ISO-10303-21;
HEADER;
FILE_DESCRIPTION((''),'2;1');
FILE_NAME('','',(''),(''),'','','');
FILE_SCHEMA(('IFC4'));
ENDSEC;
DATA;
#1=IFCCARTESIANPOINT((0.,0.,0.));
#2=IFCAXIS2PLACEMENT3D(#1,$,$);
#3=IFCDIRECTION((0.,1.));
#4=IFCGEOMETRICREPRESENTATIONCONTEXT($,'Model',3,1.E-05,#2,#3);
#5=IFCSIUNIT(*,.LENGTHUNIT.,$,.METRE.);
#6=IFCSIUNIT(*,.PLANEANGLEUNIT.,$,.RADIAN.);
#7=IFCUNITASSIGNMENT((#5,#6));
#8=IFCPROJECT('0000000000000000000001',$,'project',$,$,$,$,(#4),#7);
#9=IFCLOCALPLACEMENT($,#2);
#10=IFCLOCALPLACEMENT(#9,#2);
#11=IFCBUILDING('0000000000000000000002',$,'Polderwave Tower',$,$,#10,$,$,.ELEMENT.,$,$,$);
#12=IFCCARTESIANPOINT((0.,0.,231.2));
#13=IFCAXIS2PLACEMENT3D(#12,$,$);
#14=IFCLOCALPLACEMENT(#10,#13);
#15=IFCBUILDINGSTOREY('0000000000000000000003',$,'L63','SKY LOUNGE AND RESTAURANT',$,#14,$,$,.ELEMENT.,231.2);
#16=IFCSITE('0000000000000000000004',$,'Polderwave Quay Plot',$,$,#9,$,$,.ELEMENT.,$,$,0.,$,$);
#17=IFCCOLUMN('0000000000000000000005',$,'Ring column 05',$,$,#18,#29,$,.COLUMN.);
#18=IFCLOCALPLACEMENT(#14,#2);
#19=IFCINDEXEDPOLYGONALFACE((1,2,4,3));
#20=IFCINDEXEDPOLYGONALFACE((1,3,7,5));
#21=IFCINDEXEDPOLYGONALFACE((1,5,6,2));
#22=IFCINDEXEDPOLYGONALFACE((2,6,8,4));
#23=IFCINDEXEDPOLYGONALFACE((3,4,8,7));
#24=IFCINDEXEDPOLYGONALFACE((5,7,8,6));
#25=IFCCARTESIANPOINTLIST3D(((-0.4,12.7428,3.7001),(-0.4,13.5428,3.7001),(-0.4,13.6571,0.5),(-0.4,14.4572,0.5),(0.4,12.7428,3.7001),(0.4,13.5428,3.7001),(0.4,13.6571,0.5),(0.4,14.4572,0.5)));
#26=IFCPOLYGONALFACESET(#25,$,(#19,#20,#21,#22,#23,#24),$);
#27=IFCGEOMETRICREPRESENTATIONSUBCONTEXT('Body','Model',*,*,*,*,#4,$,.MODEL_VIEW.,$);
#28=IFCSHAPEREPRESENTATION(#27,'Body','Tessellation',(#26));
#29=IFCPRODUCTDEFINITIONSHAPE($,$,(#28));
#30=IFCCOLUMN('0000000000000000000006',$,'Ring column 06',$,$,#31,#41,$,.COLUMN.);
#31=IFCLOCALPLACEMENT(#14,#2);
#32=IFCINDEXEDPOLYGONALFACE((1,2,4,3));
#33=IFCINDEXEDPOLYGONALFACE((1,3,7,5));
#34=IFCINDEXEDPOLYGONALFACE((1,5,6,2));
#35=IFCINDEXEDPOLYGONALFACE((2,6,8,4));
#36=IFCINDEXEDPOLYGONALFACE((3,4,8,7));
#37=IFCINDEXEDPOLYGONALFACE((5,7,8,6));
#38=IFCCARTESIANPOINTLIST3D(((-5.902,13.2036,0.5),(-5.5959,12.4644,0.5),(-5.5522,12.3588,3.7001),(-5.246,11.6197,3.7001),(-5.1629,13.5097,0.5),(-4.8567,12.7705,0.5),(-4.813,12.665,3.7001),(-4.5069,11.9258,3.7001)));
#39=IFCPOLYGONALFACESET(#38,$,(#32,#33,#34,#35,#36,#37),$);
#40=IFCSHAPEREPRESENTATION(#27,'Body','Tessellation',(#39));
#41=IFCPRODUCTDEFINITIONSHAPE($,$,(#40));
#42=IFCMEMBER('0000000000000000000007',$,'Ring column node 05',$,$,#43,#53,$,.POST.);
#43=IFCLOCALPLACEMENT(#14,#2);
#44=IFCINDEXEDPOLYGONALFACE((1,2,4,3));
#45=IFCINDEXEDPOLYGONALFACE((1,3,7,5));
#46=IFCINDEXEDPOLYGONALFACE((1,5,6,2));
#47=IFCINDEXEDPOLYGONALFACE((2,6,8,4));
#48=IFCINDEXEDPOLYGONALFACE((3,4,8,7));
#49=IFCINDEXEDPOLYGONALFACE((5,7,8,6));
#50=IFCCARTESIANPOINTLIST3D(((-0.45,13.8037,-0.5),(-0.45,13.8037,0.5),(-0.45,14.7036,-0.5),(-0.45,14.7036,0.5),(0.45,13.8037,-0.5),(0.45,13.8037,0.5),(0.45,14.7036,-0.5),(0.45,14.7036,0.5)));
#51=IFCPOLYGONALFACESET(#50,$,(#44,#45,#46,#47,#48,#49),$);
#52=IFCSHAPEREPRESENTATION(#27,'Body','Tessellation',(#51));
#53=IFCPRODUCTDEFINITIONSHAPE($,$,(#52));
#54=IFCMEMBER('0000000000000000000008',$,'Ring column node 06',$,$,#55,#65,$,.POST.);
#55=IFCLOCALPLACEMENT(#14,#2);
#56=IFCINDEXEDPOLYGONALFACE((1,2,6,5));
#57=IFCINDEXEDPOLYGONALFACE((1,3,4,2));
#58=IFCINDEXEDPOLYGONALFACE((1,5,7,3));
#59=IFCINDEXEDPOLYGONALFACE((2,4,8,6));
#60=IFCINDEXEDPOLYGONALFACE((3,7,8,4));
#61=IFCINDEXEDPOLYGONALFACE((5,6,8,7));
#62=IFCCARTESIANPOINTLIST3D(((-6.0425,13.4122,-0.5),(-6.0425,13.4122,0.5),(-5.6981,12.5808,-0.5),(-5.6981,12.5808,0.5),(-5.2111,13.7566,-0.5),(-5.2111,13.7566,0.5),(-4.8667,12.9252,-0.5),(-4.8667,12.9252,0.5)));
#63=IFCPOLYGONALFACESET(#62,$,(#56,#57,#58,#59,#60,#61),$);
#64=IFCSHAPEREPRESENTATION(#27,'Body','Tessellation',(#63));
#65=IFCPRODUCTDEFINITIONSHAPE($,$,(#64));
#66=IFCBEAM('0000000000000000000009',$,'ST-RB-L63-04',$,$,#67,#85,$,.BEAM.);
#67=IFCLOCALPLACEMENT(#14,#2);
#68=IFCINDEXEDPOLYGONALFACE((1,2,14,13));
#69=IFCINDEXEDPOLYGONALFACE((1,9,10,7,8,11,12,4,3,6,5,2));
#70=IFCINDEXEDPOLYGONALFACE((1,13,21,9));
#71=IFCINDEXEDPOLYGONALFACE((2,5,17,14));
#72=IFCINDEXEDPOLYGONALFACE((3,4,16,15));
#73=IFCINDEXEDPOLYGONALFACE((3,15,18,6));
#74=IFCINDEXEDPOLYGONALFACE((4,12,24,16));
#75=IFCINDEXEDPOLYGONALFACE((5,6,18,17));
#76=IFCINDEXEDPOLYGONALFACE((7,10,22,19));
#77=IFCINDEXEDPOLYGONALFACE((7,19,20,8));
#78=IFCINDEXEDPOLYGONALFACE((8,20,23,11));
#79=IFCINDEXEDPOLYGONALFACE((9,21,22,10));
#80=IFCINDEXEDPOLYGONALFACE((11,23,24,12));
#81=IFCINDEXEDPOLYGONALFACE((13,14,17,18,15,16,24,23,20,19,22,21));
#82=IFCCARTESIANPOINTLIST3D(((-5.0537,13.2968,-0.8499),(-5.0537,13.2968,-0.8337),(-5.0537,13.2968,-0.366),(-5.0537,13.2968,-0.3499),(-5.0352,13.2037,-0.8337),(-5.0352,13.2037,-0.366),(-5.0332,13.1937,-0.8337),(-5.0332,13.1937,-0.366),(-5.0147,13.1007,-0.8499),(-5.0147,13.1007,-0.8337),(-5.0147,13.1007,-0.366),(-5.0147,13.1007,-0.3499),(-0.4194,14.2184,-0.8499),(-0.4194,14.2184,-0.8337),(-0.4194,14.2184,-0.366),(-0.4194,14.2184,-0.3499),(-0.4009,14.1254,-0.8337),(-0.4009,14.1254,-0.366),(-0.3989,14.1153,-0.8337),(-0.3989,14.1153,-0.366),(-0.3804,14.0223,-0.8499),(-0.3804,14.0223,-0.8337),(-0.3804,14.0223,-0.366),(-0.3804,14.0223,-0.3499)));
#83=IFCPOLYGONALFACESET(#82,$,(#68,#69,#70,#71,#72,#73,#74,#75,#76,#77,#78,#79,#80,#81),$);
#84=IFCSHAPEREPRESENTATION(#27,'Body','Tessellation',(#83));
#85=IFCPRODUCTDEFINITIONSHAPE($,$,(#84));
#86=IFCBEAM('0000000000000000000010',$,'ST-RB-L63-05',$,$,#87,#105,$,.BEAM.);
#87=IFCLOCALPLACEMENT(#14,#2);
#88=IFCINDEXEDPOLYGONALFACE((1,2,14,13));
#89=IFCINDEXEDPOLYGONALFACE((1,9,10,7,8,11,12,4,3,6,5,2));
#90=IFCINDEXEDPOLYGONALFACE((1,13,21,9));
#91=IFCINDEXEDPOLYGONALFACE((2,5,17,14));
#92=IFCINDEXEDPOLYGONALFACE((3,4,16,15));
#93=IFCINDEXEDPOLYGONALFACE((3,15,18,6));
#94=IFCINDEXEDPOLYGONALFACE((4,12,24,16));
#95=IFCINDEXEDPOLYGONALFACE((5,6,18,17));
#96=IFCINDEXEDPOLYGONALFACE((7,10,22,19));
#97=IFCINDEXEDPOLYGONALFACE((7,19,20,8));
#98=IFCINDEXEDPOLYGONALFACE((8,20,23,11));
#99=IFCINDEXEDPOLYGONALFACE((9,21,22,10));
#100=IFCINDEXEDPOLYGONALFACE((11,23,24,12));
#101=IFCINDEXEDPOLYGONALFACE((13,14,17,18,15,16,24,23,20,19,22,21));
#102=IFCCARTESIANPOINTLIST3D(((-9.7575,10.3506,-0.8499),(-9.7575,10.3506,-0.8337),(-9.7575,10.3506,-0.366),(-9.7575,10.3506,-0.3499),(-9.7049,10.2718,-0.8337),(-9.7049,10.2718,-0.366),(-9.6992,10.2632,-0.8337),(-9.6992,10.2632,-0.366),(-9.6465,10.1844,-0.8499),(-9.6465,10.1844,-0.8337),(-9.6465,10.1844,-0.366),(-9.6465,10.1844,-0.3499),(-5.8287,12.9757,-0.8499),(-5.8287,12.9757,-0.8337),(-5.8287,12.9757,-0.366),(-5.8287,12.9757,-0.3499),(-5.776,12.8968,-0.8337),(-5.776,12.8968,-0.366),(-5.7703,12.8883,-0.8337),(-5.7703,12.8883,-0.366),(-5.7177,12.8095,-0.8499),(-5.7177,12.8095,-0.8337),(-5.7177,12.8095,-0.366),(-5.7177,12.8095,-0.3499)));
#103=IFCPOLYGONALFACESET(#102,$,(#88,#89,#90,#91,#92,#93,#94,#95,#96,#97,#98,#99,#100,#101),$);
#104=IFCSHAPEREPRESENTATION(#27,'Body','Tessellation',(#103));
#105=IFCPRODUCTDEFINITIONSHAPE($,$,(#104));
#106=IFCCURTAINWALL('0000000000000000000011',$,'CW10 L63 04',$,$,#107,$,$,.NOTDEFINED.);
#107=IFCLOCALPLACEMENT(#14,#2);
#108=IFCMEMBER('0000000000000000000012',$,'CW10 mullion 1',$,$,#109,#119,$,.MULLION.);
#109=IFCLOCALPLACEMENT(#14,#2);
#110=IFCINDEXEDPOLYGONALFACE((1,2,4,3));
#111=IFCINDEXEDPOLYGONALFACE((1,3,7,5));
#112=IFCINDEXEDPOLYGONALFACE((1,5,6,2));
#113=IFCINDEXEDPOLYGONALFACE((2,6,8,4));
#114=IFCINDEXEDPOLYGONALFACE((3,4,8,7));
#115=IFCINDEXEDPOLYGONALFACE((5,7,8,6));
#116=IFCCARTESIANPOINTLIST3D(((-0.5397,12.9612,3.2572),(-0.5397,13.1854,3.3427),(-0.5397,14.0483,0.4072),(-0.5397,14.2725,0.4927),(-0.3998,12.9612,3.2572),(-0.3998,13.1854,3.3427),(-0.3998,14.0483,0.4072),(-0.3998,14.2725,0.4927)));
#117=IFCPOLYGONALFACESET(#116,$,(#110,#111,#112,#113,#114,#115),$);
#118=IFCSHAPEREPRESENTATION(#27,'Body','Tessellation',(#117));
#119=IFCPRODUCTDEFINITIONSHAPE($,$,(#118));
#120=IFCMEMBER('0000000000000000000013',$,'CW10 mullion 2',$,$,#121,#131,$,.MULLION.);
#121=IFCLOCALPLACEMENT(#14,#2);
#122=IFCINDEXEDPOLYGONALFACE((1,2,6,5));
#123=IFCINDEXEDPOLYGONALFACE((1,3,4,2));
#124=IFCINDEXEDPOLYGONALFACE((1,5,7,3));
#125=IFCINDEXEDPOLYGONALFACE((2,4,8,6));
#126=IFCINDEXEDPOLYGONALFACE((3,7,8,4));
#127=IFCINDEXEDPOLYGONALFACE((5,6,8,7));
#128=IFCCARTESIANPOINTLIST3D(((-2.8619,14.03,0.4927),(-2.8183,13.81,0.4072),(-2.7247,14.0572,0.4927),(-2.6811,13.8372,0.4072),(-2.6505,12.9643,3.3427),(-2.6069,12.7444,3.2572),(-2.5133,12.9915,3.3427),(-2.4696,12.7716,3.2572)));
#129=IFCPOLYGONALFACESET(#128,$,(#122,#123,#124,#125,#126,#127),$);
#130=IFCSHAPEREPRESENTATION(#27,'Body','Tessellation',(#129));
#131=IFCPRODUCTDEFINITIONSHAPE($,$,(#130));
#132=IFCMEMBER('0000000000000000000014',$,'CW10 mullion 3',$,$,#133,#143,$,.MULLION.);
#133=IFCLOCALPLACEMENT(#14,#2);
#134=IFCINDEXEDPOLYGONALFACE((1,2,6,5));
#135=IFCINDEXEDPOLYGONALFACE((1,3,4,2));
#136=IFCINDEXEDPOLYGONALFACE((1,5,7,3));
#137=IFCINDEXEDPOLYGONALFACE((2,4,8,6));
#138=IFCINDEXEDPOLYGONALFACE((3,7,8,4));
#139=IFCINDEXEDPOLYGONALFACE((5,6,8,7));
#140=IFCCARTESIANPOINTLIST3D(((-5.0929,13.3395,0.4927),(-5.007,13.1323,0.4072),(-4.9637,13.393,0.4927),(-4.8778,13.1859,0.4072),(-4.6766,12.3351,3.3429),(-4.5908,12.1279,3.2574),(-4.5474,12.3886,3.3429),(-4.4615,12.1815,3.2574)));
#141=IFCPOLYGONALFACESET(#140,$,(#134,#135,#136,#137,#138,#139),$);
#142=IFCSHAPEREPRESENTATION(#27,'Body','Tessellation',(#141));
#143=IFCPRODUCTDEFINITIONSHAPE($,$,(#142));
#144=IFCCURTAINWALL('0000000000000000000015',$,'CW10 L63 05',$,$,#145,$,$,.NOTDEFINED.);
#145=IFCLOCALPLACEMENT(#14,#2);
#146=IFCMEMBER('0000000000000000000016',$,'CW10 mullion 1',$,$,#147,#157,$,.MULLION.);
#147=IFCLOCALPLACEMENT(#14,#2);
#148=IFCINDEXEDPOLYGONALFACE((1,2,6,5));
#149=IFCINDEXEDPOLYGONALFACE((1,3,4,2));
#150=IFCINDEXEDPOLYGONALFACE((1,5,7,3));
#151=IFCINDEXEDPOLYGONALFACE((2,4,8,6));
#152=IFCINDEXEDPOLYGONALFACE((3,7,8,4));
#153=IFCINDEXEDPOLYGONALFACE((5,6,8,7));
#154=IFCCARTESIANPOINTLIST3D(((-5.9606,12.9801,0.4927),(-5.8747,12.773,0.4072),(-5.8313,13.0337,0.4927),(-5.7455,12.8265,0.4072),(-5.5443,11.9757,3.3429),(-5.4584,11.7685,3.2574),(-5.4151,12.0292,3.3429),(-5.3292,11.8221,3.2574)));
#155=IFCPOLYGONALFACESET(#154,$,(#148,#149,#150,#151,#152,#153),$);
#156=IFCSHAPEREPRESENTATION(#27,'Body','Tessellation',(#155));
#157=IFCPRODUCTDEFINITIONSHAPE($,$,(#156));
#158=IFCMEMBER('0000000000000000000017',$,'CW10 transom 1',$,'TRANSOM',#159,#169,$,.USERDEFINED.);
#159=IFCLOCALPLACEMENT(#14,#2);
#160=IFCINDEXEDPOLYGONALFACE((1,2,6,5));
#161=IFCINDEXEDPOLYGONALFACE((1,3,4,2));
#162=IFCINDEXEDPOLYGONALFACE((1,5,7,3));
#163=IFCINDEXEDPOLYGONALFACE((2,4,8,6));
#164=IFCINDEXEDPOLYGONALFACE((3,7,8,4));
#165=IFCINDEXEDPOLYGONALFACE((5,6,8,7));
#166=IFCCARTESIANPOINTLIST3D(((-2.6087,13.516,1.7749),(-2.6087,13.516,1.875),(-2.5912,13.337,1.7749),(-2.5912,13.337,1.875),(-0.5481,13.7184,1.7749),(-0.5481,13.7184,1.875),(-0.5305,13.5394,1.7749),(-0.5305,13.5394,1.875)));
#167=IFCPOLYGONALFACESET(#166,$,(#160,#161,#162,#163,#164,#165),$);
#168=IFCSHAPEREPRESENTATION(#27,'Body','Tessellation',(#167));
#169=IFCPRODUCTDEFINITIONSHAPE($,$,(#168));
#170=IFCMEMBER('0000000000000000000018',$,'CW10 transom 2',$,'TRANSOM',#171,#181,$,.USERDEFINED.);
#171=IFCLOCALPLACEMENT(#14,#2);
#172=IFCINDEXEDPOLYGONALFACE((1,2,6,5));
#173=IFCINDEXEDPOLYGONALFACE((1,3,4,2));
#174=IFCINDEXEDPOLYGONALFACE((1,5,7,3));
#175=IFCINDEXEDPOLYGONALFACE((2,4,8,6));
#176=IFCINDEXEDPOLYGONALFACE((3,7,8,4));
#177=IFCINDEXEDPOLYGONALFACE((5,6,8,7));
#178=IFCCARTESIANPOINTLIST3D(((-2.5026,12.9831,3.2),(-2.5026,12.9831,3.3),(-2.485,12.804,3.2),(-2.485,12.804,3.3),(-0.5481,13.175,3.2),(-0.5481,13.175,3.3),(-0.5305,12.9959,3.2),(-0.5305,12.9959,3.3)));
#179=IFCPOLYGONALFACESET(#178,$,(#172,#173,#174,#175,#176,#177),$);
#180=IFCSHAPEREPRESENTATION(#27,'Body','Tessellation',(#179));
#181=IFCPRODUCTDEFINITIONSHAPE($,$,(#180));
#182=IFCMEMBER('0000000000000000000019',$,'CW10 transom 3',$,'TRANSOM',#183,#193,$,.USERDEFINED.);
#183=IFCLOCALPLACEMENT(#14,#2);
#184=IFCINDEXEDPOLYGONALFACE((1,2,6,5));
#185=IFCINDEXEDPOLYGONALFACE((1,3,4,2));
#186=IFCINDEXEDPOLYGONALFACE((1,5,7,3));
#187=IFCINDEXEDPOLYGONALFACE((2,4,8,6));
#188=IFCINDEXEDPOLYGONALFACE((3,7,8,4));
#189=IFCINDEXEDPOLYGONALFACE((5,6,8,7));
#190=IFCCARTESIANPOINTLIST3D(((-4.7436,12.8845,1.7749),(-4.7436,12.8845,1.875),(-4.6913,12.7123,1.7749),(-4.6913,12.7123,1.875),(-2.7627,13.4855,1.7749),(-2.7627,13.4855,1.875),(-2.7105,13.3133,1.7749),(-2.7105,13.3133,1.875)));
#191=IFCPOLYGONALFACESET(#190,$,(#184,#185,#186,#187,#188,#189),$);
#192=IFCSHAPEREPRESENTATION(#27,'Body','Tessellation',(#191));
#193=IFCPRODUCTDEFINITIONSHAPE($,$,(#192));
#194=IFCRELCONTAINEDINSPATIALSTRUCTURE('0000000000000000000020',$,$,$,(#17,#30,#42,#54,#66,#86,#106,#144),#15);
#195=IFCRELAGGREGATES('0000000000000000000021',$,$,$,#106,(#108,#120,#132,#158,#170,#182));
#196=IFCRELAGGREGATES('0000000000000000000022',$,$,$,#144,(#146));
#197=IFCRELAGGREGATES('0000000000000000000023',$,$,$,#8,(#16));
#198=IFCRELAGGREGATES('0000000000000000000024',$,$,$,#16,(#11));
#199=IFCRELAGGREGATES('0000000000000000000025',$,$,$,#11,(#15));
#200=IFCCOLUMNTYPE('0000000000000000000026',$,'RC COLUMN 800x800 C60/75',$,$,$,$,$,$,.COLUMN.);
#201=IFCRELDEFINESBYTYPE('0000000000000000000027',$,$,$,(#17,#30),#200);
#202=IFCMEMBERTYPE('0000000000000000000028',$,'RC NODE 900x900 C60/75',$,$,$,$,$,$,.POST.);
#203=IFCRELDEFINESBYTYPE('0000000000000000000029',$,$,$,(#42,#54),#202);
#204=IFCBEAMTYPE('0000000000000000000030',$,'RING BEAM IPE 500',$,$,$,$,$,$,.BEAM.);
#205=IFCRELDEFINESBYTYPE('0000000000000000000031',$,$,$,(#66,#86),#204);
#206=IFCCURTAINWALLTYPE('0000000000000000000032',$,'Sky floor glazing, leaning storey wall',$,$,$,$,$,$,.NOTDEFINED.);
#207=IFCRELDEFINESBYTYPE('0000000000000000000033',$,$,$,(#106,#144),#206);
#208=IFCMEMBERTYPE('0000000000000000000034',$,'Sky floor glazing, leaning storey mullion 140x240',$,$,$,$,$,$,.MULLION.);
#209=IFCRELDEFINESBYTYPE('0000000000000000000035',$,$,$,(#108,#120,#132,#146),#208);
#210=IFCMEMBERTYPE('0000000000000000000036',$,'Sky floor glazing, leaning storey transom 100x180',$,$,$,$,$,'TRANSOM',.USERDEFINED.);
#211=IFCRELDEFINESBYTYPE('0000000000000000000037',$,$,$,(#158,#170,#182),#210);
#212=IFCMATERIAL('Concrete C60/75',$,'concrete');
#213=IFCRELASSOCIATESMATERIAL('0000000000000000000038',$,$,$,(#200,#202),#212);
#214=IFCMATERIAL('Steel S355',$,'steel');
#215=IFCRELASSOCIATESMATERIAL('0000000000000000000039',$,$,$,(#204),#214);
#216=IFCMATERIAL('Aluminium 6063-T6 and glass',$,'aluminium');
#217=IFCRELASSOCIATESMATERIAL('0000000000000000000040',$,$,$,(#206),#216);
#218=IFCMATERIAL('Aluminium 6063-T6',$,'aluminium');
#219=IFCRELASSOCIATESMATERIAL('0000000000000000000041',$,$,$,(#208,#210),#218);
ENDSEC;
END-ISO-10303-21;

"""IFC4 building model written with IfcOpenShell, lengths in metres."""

from ifc_helpers import new_model, si_unit, direction, frame, origin, origin_2d, place, context, subcontext, project, spatial, rectangle, i_section, extrude, material, material_profile, profile_set, type_object, element, aggregate, save


model = new_model("IFC4")

# Units and contexts
model_context = context("Model", 3, precision=1e-05, world=origin(), true_north=direction((0.0, 1.0)))
body_context = subcontext(model_context, "Body", "Model", "MODEL_VIEW")
ifc_project = project(units=[si_unit("LENGTHUNIT", "METRE"), si_unit("PLANEANGLEUNIT", "RADIAN")], contexts=[model_context])

# Site, building, storey
site_placement = place(None, origin())
site = spatial("IfcSite", under=ifc_project, at=site_placement, Name="Polderwave Quay Plot", CompositionType="ELEMENT", RefElevation=0.0)
building_placement = place(site_placement, origin())
building = spatial("IfcBuilding", under=site, at=building_placement, Name="Polderwave Tower", CompositionType="ELEMENT")
storey_placement = place(building_placement, frame((0.0, 0.0, 231.2)))
storey = spatial("IfcBuildingStorey", under=building, at=storey_placement, Name="L63", Description="SKY LOUNGE AND RESTAURANT", CompositionType="ELEMENT", Elevation=231.2)

# Columns
ifc_material_1 = material(Name="Concrete C60/75", Category="concrete")
ifc_material_profile_1 = material_profile(ifc_material_1, rectangle(XDim=0.8, YDim=0.8, at=origin_2d()), Name="RC 800x800")
ifc_profile_set_1 = profile_set([ifc_material_profile_1], Name="Concrete C60/75")
column_type = type_object("IfcColumnType", Name="RC COLUMN 800x800 C60/75", PredefinedType="COLUMN", material=ifc_profile_set_1)
column_1_placement = place(storey_placement, frame((0.0, 14.0571, 0.5), z_axis=(0.0, 0.0, 1.0), x_axis=(1.0, 0.0, 0.0)))
element("IfcColumn", 1, at=column_1_placement, inside=storey, type_object=column_type, Name="Ring column 05", PredefinedType="COLUMN", context=body_context, shape_type="SweptSolid", body=[
    extrude(rectangle(XDim=0.8, YDim=0.8, at=origin_2d()), origin(), (0.0, -0.274731, 0.961521), 3.3281),
])
column_2_placement = place(storey_placement, frame((-5.3794, 12.9871, 0.5), z_axis=(0.0, 0.0, 1.0), x_axis=(0.923896, 0.382643, 0.0)))
element("IfcColumn", 2, at=column_2_placement, inside=storey, type_object=column_type, Name="Ring column 06", PredefinedType="COLUMN", context=body_context, shape_type="SweptSolid", body=[
    extrude(rectangle(XDim=0.8, YDim=0.8, at=origin_2d()), origin(), (0.0, -0.274731, 0.961521), 3.3281),
])

# Members
ifc_material_profile_2 = material_profile(ifc_material_1, rectangle(XDim=0.8999, YDim=0.8999, at=origin_2d()), Name="RC 900x900")
ifc_profile_set_2 = profile_set([ifc_material_profile_2], Name="Concrete C60/75")
member_type_1 = type_object("IfcMemberType", Name="RC NODE 900x900 C60/75", PredefinedType="POST", material=ifc_profile_set_2)
for number, where, z_axis, x_axis, name in (
    (3, (0.0, 14.2537, -0.5), (0.0, 0.0, 1.0), (0.0, 1.0, 0.0), "Ring column node 05"),
    (4, (-5.4546, 13.1687, -0.5), (0.0, 0.0, 1.0), (-0.382683, 0.92388, 0.0), "Ring column node 06"),
):
    element("IfcMember", number, at=place(storey_placement, frame(where, z_axis=z_axis, x_axis=x_axis)), inside=storey, type_object=member_type_1, Name=name, PredefinedType="POST", context=body_context, shape_type="SweptSolid", body=[
        extrude(rectangle(XDim=0.8999, YDim=0.8999, at=origin_2d()), origin(), (0.0, 0.0, 1.0), 1.0),
    ])

# Beams
ifc_material_2 = material(Name="Steel S355", Category="steel")
ifc_material_profile_3 = material_profile(ifc_material_2, i_section(OverallWidth=0.2, OverallDepth=0.5, WebThickness=0.0103, FlangeThickness=0.0161, at=origin_2d()), Name="IPE 500")
ifc_profile_set_3 = profile_set([ifc_material_profile_3], Name="Steel S355")
beam_type = type_object("IfcBeamType", Name="RING BEAM IPE 500", PredefinedType="BEAM", material=ifc_profile_set_3)
for number, where, z_axis, x_axis, name in (
    (5, (-0.3999, 14.1204, -0.5999), (-0.980793, -0.195053, 0.0), (0.195053, -0.980793, 0.0), "ST-RB-L63-04"),
    (6, (-5.7732, 12.8926, -0.5999), (-0.831478, -0.555558, 0.0), (0.555558, -0.831478, 0.0), "ST-RB-L63-05"),
):
    element("IfcBeam", number, at=place(storey_placement, frame(where, z_axis=z_axis, x_axis=x_axis)), inside=storey, type_object=beam_type, Name=name, PredefinedType="BEAM", context=body_context, shape_type="SweptSolid", body=[
        extrude(i_section(OverallWidth=0.2, OverallDepth=0.5, WebThickness=0.0103, FlangeThickness=0.0161, at=origin_2d()), origin(), (0.0, 0.0, 1.0), 4.7251),
    ])

# Curtain wall, members
ifc_material_3 = material(Name="Aluminium 6063-T6 and glass", Category="aluminium")
curtain_wall_type = type_object("IfcCurtainWallType", Name="Sky floor glazing, leaning storey wall", PredefinedType="NOTDEFINED", material=ifc_material_3)
curtain_wall_1_placement = place(storey_placement, origin())
curtain_wall_1 = element("IfcCurtainWall", 7, at=curtain_wall_1_placement, inside=storey, type_object=curtain_wall_type, Name="CW10 L63 04", PredefinedType="NOTDEFINED")
ifc_material_4 = material(Name="Aluminium 6063-T6", Category="aluminium")
ifc_material_profile_4 = material_profile(ifc_material_4, rectangle(XDim=0.1399, YDim=0.24, at=origin_2d()), Name="AL 140x240")
ifc_profile_set_4 = profile_set([ifc_material_profile_4], Name="Aluminium 6063-T6")
member_type_2 = type_object("IfcMemberType", Name="Sky floor glazing, leaning storey mullion 140x240", PredefinedType="MULLION", material=ifc_profile_set_4)
member_1_placement = place(storey_placement, frame((-0.4697, 14.1604, 0.45), z_axis=(0.0, -0.356398, 0.934334), x_axis=(1.0, 0.0, 0.0)))
member_1 = element("IfcMember", 8, at=member_1_placement, type_object=member_type_2, Name="CW10 mullion 1", PredefinedType="MULLION", context=body_context, shape_type="SweptSolid", body=[
    extrude(rectangle(XDim=0.1399, YDim=0.24, at=origin_2d()), origin(), (0.0, 0.0, 1.0), 3.0503),
])
member_2_placement = place(storey_placement, frame((-2.7715, 13.9336, 0.45), z_axis=(0.069317, -0.349384, 0.934412), x_axis=(0.980882, 0.194603, 0.0)))
member_2 = element("IfcMember", 9, at=member_2_placement, type_object=member_type_2, Name="CW10 mullion 2", PredefinedType="MULLION", context=body_context, shape_type="SweptSolid", body=[
    extrude(rectangle(XDim=0.1399, YDim=0.24, at=origin_2d()), origin(), (0.0, 0.0, 1.0), 3.05),
])
member_3_placement = place(storey_placement, frame((-4.9854, 13.2627, 0.45), z_axis=(0.136459, -0.329263, 0.934326), x_axis=(0.923806, 0.382861, 0.0)))
member_3 = element("IfcMember", 10, at=member_3_placement, type_object=member_type_2, Name="CW10 mullion 3", PredefinedType="MULLION", context=body_context, shape_type="SweptSolid", body=[
    extrude(rectangle(XDim=0.1399, YDim=0.24, at=origin_2d()), origin(), (0.0, 0.0, 1.0), 3.0505),
])

# Curtain wall, member
curtain_wall_2_placement = place(storey_placement, origin())
curtain_wall_2 = element("IfcCurtainWall", 11, at=curtain_wall_2_placement, inside=storey, type_object=curtain_wall_type, Name="CW10 L63 05", PredefinedType="NOTDEFINED")
member_4_placement = place(storey_placement, frame((-5.853, 12.9033, 0.45), z_axis=(0.136459, -0.329263, 0.934326), x_axis=(0.923806, 0.382861, 0.0)))
member_4 = element("IfcMember", 12, at=member_4_placement, type_object=member_type_2, Name="CW10 mullion 1", PredefinedType="MULLION", context=body_context, shape_type="SweptSolid", body=[
    extrude(rectangle(XDim=0.1399, YDim=0.24, at=origin_2d()), origin(), (0.0, 0.0, 1.0), 3.0505),
])

# Members
ifc_material_profile_5 = material_profile(ifc_material_4, rectangle(XDim=0.1799, YDim=0.1001, at=origin_2d()), Name="AL 100x180")
ifc_profile_set_5 = profile_set([ifc_material_profile_5], Name="Aluminium 6063-T6")
member_type_3 = type_object("IfcMemberType", Name="Sky floor glazing, leaning storey transom 100x180", ElementType="TRANSOM", PredefinedType="USERDEFINED", material=ifc_profile_set_5)
member_5_placement = place(storey_placement, frame((-0.5393, 13.6289, 1.825), z_axis=(-0.995211, -0.097752, 0.0), x_axis=(0.097752, -0.995211, 0.0)))
member_5 = element("IfcMember", 13, at=member_5_placement, type_object=member_type_3, Name="CW10 transom 1", ObjectType="TRANSOM", PredefinedType="USERDEFINED", context=body_context, shape_type="SweptSolid", body=[
    extrude(rectangle(XDim=0.1799, YDim=0.1001, at=origin_2d()), origin(), (0.0, 0.0, 1.0), 2.0706),
])
member_6_placement = place(storey_placement, frame((-0.5393, 13.0854, 3.25), z_axis=(-0.995215, -0.097707, 0.0), x_axis=(0.097707, -0.995215, 0.0)))
member_6 = element("IfcMember", 14, at=member_6_placement, type_object=member_type_3, Name="CW10 transom 2", ObjectType="TRANSOM", PredefinedType="USERDEFINED", context=body_context, shape_type="SweptSolid", body=[
    extrude(rectangle(XDim=0.1799, YDim=0.1001, at=origin_2d()), origin(), (0.0, 0.0, 1.0), 1.9639),
])
member_7_placement = place(storey_placement, frame((-2.7366, 13.3994, 1.825), z_axis=(-0.956919, -0.290354, 0.0), x_axis=(0.290354, -0.956919, 0.0)))
member_7 = element("IfcMember", 15, at=member_7_placement, type_object=member_type_3, Name="CW10 transom 3", ObjectType="TRANSOM", PredefinedType="USERDEFINED", context=body_context, shape_type="SweptSolid", body=[
    extrude(rectangle(XDim=0.1799, YDim=0.1001, at=origin_2d()), origin(), (0.0, 0.0, 1.0), 2.0701),
])

aggregate(curtain_wall_1, [member_1, member_2, member_3, member_5, member_6, member_7])
aggregate(curtain_wall_2, [member_4])

save(model, "model.ifc")
